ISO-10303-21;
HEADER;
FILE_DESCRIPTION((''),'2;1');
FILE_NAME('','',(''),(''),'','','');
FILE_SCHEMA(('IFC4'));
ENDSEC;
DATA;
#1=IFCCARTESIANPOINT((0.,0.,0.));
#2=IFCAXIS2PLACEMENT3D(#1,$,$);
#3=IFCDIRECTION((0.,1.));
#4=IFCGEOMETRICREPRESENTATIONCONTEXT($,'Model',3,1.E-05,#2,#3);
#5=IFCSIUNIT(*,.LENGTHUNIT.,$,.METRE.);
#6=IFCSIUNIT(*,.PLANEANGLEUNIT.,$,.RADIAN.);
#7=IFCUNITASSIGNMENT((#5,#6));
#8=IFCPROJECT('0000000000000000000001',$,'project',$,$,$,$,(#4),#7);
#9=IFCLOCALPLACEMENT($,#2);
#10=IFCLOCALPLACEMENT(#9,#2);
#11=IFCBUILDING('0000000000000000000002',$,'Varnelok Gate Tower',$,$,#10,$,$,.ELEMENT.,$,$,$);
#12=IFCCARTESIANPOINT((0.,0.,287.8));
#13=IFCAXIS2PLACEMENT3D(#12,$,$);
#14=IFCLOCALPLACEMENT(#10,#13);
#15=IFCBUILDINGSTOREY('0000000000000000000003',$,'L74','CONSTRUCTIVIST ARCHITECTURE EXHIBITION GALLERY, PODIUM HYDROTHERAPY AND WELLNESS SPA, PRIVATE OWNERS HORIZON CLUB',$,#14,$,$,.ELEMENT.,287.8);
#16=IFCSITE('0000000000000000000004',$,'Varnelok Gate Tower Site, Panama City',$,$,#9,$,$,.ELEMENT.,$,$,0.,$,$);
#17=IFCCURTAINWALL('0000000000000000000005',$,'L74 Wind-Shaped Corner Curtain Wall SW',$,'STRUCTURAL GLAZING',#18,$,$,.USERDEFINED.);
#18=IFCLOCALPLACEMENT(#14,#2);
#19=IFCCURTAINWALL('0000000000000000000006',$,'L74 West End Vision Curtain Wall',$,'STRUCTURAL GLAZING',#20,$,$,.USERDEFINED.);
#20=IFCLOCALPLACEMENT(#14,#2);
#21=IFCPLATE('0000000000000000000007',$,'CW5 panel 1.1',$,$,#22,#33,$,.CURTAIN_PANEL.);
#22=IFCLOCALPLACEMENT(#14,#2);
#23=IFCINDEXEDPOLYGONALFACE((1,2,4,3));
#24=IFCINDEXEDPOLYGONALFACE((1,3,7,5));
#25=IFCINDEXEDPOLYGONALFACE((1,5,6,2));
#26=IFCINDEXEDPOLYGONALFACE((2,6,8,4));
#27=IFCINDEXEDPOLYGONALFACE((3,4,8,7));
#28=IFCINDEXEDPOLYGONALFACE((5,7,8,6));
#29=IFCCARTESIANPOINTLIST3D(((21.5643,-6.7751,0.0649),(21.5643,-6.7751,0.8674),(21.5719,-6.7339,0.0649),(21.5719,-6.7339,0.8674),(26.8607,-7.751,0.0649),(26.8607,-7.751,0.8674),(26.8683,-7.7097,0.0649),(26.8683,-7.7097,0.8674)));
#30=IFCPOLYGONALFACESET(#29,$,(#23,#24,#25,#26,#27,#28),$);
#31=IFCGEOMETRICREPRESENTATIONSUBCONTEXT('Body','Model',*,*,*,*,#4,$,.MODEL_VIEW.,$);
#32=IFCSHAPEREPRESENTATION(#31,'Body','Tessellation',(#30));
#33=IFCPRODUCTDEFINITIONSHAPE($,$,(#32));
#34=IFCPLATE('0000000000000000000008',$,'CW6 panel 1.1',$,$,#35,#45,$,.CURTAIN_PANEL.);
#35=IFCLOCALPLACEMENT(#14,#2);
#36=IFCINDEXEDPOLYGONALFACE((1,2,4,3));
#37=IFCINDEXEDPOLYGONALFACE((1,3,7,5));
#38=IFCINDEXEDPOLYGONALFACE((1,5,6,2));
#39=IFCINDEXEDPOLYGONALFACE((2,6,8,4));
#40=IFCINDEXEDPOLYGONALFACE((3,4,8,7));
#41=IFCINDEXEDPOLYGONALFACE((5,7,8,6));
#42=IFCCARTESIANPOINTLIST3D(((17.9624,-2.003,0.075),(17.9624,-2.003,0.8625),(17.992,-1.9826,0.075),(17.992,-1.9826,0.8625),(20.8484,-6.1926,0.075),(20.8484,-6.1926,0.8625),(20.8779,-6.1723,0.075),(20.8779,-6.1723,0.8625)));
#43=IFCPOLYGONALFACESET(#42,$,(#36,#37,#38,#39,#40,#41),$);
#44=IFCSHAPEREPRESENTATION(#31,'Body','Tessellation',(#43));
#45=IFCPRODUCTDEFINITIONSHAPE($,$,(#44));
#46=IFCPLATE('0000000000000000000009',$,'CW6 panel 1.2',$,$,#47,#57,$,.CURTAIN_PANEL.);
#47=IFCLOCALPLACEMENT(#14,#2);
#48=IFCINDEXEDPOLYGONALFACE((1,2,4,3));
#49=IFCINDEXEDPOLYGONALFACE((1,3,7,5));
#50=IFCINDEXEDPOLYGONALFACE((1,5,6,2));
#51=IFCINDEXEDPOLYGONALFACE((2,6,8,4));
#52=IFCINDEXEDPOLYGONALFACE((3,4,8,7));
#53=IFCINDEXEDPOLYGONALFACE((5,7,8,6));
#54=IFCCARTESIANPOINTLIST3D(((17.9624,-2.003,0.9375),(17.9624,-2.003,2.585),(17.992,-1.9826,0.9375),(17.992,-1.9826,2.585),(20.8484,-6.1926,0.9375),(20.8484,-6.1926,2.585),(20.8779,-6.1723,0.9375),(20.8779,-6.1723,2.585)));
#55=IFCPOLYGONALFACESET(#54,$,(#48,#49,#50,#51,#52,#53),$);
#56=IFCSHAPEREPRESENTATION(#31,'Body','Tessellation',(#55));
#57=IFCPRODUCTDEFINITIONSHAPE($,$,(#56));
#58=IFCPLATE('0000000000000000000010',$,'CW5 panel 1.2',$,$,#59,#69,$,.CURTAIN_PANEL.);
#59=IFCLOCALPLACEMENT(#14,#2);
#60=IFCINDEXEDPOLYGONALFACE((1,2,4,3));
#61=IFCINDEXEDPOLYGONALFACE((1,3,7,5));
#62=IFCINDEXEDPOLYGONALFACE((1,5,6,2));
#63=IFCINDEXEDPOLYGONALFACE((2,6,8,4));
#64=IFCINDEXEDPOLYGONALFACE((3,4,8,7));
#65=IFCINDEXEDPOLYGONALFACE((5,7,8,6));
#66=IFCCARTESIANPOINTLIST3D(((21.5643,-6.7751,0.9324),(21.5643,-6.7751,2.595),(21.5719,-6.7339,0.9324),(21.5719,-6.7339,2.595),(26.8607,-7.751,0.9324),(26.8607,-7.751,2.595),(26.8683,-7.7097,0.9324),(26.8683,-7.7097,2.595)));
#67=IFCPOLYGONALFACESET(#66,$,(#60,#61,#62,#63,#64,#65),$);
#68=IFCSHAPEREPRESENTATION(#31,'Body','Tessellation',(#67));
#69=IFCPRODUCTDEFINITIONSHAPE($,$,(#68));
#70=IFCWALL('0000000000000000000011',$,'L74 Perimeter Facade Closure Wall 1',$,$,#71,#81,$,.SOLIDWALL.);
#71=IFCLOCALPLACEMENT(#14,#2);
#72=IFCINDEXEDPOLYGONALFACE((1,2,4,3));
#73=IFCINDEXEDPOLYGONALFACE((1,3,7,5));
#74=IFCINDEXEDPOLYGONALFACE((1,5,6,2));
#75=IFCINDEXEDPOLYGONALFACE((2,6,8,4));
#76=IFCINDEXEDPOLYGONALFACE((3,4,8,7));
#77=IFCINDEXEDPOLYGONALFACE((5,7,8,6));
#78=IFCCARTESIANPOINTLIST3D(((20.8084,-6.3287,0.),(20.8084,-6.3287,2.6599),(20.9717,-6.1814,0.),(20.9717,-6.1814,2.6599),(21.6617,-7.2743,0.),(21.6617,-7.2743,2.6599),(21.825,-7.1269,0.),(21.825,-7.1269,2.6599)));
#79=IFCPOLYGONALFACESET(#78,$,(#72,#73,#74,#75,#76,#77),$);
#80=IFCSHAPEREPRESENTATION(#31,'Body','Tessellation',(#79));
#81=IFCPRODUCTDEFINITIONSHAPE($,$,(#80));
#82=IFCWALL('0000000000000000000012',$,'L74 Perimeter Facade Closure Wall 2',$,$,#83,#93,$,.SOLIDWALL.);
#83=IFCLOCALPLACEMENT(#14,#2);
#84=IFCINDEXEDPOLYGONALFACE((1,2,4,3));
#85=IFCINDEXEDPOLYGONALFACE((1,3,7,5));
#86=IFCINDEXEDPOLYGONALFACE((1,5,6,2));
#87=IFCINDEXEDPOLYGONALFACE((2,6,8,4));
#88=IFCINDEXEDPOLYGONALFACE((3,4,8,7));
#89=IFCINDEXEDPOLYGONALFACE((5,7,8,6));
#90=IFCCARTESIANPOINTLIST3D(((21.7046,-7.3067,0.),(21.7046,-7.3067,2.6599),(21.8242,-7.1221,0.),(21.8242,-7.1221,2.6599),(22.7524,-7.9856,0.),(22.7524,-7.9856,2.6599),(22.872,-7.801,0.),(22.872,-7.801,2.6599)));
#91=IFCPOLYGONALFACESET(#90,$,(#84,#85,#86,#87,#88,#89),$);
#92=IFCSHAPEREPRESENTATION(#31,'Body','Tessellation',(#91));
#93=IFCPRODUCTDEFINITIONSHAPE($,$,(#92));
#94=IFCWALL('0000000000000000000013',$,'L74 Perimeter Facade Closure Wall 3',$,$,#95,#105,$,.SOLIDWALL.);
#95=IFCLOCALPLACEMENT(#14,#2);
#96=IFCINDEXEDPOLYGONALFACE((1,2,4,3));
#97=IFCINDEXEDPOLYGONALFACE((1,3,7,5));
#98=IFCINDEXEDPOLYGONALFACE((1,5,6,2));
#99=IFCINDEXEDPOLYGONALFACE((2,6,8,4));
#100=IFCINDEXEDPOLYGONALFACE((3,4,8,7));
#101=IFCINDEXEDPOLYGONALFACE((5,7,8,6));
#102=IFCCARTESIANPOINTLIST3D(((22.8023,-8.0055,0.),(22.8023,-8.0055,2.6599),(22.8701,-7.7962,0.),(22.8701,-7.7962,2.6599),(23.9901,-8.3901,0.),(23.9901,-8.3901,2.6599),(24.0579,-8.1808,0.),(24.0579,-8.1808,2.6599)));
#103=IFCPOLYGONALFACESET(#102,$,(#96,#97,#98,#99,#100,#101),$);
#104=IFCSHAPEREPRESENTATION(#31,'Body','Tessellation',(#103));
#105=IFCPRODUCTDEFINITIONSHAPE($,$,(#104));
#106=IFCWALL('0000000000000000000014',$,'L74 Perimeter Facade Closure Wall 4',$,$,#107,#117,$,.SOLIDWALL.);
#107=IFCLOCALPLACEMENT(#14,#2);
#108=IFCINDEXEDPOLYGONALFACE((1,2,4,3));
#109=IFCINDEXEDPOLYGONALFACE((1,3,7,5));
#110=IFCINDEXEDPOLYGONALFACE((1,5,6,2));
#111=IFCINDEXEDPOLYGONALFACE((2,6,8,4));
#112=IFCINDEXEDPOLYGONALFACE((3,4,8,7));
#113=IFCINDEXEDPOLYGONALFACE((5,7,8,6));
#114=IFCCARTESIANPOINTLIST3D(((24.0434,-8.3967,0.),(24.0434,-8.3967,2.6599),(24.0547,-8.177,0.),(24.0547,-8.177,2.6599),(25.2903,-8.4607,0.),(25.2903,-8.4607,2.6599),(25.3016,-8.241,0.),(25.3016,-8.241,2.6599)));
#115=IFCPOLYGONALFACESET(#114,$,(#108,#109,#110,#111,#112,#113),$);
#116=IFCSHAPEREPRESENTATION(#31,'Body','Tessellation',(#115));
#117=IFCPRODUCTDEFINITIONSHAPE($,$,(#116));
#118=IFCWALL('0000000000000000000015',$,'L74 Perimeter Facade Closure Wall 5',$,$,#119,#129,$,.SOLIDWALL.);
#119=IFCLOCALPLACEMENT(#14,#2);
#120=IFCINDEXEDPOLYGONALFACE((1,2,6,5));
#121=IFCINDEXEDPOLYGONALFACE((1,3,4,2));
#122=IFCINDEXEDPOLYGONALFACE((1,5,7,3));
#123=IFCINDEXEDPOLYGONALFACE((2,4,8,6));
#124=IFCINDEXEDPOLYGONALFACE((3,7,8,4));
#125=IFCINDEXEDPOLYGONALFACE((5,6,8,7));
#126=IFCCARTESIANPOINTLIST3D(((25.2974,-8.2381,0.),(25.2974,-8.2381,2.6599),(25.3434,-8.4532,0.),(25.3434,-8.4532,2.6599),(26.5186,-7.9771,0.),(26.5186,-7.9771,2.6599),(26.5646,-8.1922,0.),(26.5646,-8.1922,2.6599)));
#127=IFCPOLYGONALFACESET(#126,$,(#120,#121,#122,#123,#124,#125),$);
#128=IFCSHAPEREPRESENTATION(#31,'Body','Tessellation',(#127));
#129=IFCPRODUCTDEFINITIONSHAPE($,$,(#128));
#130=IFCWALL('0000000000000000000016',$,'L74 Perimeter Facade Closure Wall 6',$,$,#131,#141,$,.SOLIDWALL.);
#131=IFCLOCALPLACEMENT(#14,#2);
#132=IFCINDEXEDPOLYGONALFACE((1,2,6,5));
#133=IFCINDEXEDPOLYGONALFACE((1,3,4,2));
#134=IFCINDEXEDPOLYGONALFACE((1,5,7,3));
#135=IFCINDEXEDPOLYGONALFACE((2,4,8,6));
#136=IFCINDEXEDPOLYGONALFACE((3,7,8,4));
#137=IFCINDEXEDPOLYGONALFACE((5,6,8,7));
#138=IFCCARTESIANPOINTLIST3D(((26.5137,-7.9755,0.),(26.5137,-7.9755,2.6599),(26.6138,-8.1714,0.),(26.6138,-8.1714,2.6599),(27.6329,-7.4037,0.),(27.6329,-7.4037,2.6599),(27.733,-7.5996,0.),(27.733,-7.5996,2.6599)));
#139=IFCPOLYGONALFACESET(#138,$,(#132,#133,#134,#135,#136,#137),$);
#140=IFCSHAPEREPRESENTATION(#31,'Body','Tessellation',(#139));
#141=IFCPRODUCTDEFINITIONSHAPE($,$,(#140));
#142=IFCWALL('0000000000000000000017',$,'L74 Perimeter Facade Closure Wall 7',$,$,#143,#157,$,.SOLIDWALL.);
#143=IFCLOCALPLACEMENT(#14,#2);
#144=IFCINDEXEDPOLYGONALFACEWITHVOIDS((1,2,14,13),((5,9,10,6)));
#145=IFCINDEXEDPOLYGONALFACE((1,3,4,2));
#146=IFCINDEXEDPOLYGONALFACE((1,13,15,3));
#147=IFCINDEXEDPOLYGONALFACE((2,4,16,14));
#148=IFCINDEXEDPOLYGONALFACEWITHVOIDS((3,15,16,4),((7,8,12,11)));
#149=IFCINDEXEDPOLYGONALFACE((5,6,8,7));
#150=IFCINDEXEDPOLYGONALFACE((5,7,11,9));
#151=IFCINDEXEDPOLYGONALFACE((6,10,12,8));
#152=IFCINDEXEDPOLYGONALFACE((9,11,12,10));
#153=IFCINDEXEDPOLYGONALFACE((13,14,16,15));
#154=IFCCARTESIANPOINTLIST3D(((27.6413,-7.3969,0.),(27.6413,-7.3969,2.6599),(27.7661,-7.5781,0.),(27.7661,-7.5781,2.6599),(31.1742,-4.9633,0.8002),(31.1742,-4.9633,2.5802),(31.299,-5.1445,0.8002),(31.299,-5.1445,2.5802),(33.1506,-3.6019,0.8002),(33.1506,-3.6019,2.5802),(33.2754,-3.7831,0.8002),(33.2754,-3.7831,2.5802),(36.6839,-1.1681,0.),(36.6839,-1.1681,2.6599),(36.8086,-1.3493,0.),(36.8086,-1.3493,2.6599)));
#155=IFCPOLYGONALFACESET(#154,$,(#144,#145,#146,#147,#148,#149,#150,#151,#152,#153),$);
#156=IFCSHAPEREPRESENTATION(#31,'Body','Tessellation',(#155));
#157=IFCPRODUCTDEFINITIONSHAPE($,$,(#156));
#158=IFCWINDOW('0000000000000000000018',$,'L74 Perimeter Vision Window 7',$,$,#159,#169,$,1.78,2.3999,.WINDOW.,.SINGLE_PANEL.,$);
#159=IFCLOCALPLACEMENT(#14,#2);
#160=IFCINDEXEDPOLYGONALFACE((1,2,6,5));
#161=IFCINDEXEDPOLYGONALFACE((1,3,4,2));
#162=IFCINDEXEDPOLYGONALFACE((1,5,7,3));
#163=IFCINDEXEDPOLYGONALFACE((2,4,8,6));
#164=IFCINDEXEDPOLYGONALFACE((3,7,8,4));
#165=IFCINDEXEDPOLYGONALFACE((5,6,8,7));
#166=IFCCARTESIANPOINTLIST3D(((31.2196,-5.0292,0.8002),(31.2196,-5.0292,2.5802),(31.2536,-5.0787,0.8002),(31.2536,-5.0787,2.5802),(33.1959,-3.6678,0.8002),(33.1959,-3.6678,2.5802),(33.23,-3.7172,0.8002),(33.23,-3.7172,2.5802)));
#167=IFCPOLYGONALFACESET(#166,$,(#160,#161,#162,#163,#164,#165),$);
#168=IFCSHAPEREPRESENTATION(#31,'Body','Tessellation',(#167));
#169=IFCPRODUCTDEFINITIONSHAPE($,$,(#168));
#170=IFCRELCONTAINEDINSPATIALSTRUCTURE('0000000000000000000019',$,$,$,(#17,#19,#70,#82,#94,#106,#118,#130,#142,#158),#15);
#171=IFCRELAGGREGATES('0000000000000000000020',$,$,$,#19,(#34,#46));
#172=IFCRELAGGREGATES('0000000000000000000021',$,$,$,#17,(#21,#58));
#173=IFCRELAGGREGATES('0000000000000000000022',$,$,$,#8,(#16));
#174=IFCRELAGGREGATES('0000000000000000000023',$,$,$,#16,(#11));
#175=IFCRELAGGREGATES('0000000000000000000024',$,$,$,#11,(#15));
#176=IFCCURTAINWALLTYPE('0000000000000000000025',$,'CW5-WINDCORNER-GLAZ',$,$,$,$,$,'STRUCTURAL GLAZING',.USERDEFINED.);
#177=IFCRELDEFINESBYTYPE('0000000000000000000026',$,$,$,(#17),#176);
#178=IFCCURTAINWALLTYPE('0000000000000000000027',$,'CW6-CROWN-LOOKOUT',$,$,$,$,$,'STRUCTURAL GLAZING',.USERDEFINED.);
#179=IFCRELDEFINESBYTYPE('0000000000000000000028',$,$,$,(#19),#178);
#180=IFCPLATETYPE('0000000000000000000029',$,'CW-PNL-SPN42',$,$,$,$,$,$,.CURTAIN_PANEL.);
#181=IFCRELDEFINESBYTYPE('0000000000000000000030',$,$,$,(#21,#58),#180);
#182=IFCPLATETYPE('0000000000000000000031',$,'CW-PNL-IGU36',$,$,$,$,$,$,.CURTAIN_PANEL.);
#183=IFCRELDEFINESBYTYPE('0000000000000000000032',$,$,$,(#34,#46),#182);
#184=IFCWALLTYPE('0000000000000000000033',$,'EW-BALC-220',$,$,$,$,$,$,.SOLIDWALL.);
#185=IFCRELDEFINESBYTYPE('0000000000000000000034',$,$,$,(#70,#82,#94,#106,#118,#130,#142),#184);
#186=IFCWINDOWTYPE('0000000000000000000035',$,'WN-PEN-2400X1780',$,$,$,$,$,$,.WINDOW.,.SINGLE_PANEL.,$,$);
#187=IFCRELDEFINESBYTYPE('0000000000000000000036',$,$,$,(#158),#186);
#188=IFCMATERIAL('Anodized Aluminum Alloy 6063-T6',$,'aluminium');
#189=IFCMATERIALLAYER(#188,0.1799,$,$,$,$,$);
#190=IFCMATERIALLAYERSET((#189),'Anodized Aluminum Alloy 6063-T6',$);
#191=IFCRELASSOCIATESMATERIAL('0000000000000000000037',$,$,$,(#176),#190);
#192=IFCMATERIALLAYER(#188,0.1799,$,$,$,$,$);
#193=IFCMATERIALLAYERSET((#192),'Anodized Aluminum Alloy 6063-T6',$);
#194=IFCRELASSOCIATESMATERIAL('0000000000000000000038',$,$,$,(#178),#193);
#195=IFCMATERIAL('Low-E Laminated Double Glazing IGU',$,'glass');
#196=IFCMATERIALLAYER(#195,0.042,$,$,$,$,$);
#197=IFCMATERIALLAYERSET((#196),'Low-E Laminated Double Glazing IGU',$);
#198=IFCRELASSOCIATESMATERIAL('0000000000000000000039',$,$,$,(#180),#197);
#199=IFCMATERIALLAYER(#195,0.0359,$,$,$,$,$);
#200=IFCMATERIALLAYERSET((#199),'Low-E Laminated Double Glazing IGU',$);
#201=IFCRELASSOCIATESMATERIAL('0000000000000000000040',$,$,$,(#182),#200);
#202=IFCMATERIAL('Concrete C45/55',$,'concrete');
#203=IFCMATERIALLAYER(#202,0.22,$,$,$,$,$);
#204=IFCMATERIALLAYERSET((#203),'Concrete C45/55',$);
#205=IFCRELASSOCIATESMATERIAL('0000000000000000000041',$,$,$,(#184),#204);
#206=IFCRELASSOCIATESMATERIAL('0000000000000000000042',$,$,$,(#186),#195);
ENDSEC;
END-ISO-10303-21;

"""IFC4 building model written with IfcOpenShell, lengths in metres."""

from ifc_helpers import new_model, si_unit, direction, frame, frame_2d, origin, origin_2d, place, context, subcontext, project, spatial, rectangle, extrude, source, transform, mapped, material, layer, layer_set, type_object, element, fill, aggregate, save


model = new_model("IFC4")

# Units and contexts
model_context = context("Model", 3, precision=1e-05, world=origin(), true_north=direction((0.0, 1.0)))
body_context = subcontext(model_context, "Body", "Model", "MODEL_VIEW")
ifc_project = project(units=[si_unit("LENGTHUNIT", "METRE"), si_unit("PLANEANGLEUNIT", "RADIAN")], contexts=[model_context])

# Site, building, storey
site_placement = place(None, origin())
site = spatial("IfcSite", under=ifc_project, at=site_placement, Name="Varnelok Gate Tower Site, Panama City", CompositionType="ELEMENT", RefElevation=0.0)
building_placement = place(site_placement, origin())
building = spatial("IfcBuilding", under=site, at=building_placement, Name="Varnelok Gate Tower", CompositionType="ELEMENT")
storey_placement = place(building_placement, frame((0.0, 0.0, 287.8)))
storey = spatial("IfcBuildingStorey", under=building, at=storey_placement, Name="L74", Description="CONSTRUCTIVIST ARCHITECTURE EXHIBITION GALLERY, PODIUM HYDROTHERAPY AND WELLNESS SPA, PRIVATE OWNERS HORIZON CLUB", CompositionType="ELEMENT", Elevation=287.8)

# Curtain walls
ifc_material_1 = material(Name="Anodized Aluminum Alloy 6063-T6", Category="aluminium")
ifc_layer_1 = layer(ifc_material_1, 0.1799)
ifc_layer_set_1 = layer_set([ifc_layer_1], Name="Anodized Aluminum Alloy 6063-T6")
curtain_wall_type_1 = type_object("IfcCurtainWallType", Name="CW5-WINDCORNER-GLAZ", ElementType="STRUCTURAL GLAZING", PredefinedType="USERDEFINED", material=ifc_layer_set_1)
curtain_wall_1_placement = place(storey_placement, origin())
curtain_wall_1 = element("IfcCurtainWall", 1, at=curtain_wall_1_placement, inside=storey, type_object=curtain_wall_type_1, Name="L74 Wind-Shaped Corner Curtain Wall SW", ObjectType="STRUCTURAL GLAZING", PredefinedType="USERDEFINED")
ifc_layer_2 = layer(ifc_material_1, 0.1799)
ifc_layer_set_2 = layer_set([ifc_layer_2], Name="Anodized Aluminum Alloy 6063-T6")
curtain_wall_type_2 = type_object("IfcCurtainWallType", Name="CW6-CROWN-LOOKOUT", ElementType="STRUCTURAL GLAZING", PredefinedType="USERDEFINED", material=ifc_layer_set_2)
curtain_wall_2_placement = place(storey_placement, origin())
curtain_wall_2 = element("IfcCurtainWall", 2, at=curtain_wall_2_placement, inside=storey, type_object=curtain_wall_type_2, Name="L74 West End Vision Curtain Wall", ObjectType="STRUCTURAL GLAZING", PredefinedType="USERDEFINED")

# Plates
ifc_material_2 = material(Name="Low-E Laminated Double Glazing IGU", Category="glass")
ifc_layer_3 = layer(ifc_material_2, 0.042)
ifc_layer_set_3 = layer_set([ifc_layer_3], Name="Low-E Laminated Double Glazing IGU")
plate_type_1 = type_object("IfcPlateType", Name="CW-PNL-SPN42", PredefinedType="CURTAIN_PANEL", material=ifc_layer_set_3)
shared_shape_1 = source(origin(), body_context, "Body", "SweptSolid", [
    extrude(rectangle(XDim=5.3855, YDim=0.042, at=origin_2d()), origin(), (0.0, 0.0, 1.0), 0.8025),
])
plate_1_placement = place(storey_placement, frame((24.2163, -7.2424, 0.0649), z_axis=(0.0, 0.0, 1.0), x_axis=(0.983446, -0.181202, 0.0)))
plate_1 = element("IfcPlate", 3, at=plate_1_placement, type_object=plate_type_1, Name="CW5 panel 1.1", PredefinedType="CURTAIN_PANEL", context=body_context, shape_type="MappedRepresentation", body=[
    mapped(shared_shape_1, transform((0.0, 0.0, 0.0), scale=1.0)),
])
ifc_layer_4 = layer(ifc_material_2, 0.0359)
ifc_layer_set_4 = layer_set([ifc_layer_4], Name="Low-E Laminated Double Glazing IGU")
plate_type_2 = type_object("IfcPlateType", Name="CW-PNL-IGU36", PredefinedType="CURTAIN_PANEL", material=ifc_layer_set_4)
shared_shape_2 = source(origin(), body_context, "Body", "SweptSolid", [
    extrude(rectangle(XDim=5.0874, YDim=0.0359, at=origin_2d()), origin(), (0.0, 0.0, 1.0), 0.7876),
])
plate_2_placement = place(storey_placement, frame((19.4202, -4.0876, 0.075), z_axis=(0.0, 0.0, 1.0), x_axis=(-0.567269, 0.823532, 0.0)))
plate_2 = element("IfcPlate", 4, at=plate_2_placement, type_object=plate_type_2, Name="CW6 panel 1.1", PredefinedType="CURTAIN_PANEL", context=body_context, shape_type="MappedRepresentation", body=[
    mapped(shared_shape_2, transform((0.0, 0.0, 0.0), scale=1.0)),
])
shared_shape_3 = source(origin(), body_context, "Body", "SweptSolid", [
    extrude(rectangle(XDim=5.0874, YDim=0.0359, at=origin_2d()), origin(), (0.0, 0.0, 1.0), 1.6475),
])
plate_3_placement = place(storey_placement, frame((19.4202, -4.0876, 0.9375), z_axis=(0.0, 0.0, 1.0), x_axis=(-0.567269, 0.823532, 0.0)))
plate_3 = element("IfcPlate", 5, at=plate_3_placement, type_object=plate_type_2, Name="CW6 panel 1.2", PredefinedType="CURTAIN_PANEL", context=body_context, shape_type="MappedRepresentation", body=[
    mapped(shared_shape_3, transform((0.0, 0.0, 0.0), scale=1.0)),
])
aggregate(curtain_wall_2, [plate_2, plate_3])
shared_shape_4 = source(origin(), body_context, "Body", "SweptSolid", [
    extrude(rectangle(XDim=5.3855, YDim=0.042, at=origin_2d()), origin(), (0.0, 0.0, 1.0), 1.6626),
])
plate_4_placement = place(storey_placement, frame((24.2163, -7.2424, 0.9324), z_axis=(0.0, 0.0, 1.0), x_axis=(0.983446, -0.181202, 0.0)))
plate_4 = element("IfcPlate", 6, at=plate_4_placement, type_object=plate_type_1, Name="CW5 panel 1.2", PredefinedType="CURTAIN_PANEL", context=body_context, shape_type="MappedRepresentation", body=[
    mapped(shared_shape_4, transform((0.0, 0.0, 0.0), scale=1.0)),
])
aggregate(curtain_wall_1, [plate_1, plate_4])

# Walls
ifc_material_3 = material(Name="Concrete C45/55", Category="concrete")
ifc_layer_5 = layer(ifc_material_3, 0.22)
ifc_layer_set_5 = layer_set([ifc_layer_5], Name="Concrete C45/55")
wall_type = type_object("IfcWallType", Name="EW-BALC-220", PredefinedType="SOLIDWALL", material=ifc_layer_set_5)
wall_1_placement = place(storey_placement, frame((20.8901, -6.2551, 0.0), z_axis=(0.0, 0.0, 1.0), x_axis=(0.669949, -0.742407, 0.0)))
element("IfcWall", 7, at=wall_1_placement, inside=storey, type_object=wall_type, Name="L74 Perimeter Facade Closure Wall 1", PredefinedType="SOLIDWALL", context=body_context, shape_type="SweptSolid", body=[
    extrude(rectangle(XDim=1.2737, YDim=0.22, at=frame_2d((0.6367, 0.0))), origin(), (0.0, 0.0, 1.0), 2.6599),
])
for number, where, z_axis, x_axis, name in (
    (8, (21.7644, -7.2144, 0.0), (0.0, 0.0, 1.0), (0.839229, -0.543778, 0.0), "L74 Perimeter Facade Closure Wall 2"),
    (9, (22.8362, -7.9009, 0.0), (0.0, 0.0, 1.0), (0.951386, -0.308003, 0.0), "L74 Perimeter Facade Closure Wall 3"),
    (10, (24.0491, -8.2869, 0.0), (0.0, 0.0, 1.0), (0.998687, -0.051235, 0.0), "L74 Perimeter Facade Closure Wall 4"),
):
    element("IfcWall", number, at=place(storey_placement, frame(where, z_axis=z_axis, x_axis=x_axis)), inside=storey, type_object=wall_type, Name=name, PredefinedType="SOLIDWALL", context=body_context, shape_type="SweptSolid", body=[
        extrude(rectangle(XDim=1.2485, YDim=0.22, at=frame_2d((0.6243, 0.0))), origin(), (0.0, 0.0, 1.0), 2.6599),
    ])
wall_2_placement = place(storey_placement, frame((25.3203, -8.3457, 0.0), z_axis=(0.0, 0.0, 1.0), x_axis=(0.977917, 0.208995, 0.0)))
element("IfcWall", 11, at=wall_2_placement, inside=storey, type_object=wall_type, Name="L74 Perimeter Facade Closure Wall 5", PredefinedType="SOLIDWALL", context=body_context, shape_type="SweptSolid", body=[
    extrude(rectangle(XDim=1.2488, YDim=0.22, at=frame_2d((0.6245, 0.0))), origin(), (0.0, 0.0, 1.0), 2.6599),
])
wall_3_placement = place(storey_placement, frame((26.5637, -8.0735, 0.0), z_axis=(0.0, 0.0, 1.0), x_axis=(0.890508, 0.454967, 0.0)))
element("IfcWall", 12, at=wall_3_placement, inside=storey, type_object=wall_type, Name="L74 Perimeter Facade Closure Wall 6", PredefinedType="SOLIDWALL", context=body_context, shape_type="SweptSolid", body=[
    extrude(rectangle(XDim=1.2568, YDim=0.22, at=frame_2d((0.6284, 0.0))), origin(), (0.0, 0.0, 1.0), 2.6599),
])

# Wall, opening, window
wall_4_placement = place(storey_placement, frame((27.7036, -7.4875, 0.0), z_axis=(0.0, 0.0, 1.0), x_axis=(0.823529, 0.567274, 0.0)))
wall_4 = element("IfcWall", 13, at=wall_4_placement, inside=storey, type_object=wall_type, Name="L74 Perimeter Facade Closure Wall 7", PredefinedType="SOLIDWALL", context=body_context, shape_type="SweptSolid", body=[
    extrude(rectangle(XDim=10.9802, YDim=0.22, at=frame_2d((5.4902, 0.0))), origin(), (0.0, 0.0, 1.0), 2.6599),
])
opening_placement = place(wall_4_placement, frame((4.29, 0.0, 0.8)))
opening = element("IfcOpeningElement", 14, at=opening_placement, cuts=wall_4, PredefinedType="OPENING", context=body_context, shape_type="SweptSolid", body=[
    extrude(rectangle(XDim=2.3999, YDim=1.78, at=frame_2d((1.2, 0.8901))), frame((0.0, 0.1199, 0.0), z_axis=(0.0, -1.0, 0.0), x_axis=(1.0, 0.0, 0.0)), (0.0, 0.0, 1.0), 0.24),
])
window_type = type_object("IfcWindowType", Name="WN-PEN-2400X1780", PartitioningType="SINGLE_PANEL", PredefinedType="WINDOW", material=ifc_material_2)
window_placement = place(opening_placement, origin())
window = element("IfcWindow", 15, at=window_placement, inside=storey, type_object=window_type, Name="L74 Perimeter Vision Window 7", OverallHeight=1.78, OverallWidth=2.3999, PartitioningType="SINGLE_PANEL", PredefinedType="WINDOW", context=body_context, shape_type="SweptSolid", body=[
    extrude(rectangle(XDim=2.3999, YDim=1.78, at=frame_2d((1.2, 0.8901))), frame((0.0, 0.03, 0.0), z_axis=(0.0, -1.0, 0.0), x_axis=(1.0, 0.0, 0.0)), (0.0, 0.0, 1.0), 0.0601),
])
fill(opening, window)

save(model, "model.ifc")
